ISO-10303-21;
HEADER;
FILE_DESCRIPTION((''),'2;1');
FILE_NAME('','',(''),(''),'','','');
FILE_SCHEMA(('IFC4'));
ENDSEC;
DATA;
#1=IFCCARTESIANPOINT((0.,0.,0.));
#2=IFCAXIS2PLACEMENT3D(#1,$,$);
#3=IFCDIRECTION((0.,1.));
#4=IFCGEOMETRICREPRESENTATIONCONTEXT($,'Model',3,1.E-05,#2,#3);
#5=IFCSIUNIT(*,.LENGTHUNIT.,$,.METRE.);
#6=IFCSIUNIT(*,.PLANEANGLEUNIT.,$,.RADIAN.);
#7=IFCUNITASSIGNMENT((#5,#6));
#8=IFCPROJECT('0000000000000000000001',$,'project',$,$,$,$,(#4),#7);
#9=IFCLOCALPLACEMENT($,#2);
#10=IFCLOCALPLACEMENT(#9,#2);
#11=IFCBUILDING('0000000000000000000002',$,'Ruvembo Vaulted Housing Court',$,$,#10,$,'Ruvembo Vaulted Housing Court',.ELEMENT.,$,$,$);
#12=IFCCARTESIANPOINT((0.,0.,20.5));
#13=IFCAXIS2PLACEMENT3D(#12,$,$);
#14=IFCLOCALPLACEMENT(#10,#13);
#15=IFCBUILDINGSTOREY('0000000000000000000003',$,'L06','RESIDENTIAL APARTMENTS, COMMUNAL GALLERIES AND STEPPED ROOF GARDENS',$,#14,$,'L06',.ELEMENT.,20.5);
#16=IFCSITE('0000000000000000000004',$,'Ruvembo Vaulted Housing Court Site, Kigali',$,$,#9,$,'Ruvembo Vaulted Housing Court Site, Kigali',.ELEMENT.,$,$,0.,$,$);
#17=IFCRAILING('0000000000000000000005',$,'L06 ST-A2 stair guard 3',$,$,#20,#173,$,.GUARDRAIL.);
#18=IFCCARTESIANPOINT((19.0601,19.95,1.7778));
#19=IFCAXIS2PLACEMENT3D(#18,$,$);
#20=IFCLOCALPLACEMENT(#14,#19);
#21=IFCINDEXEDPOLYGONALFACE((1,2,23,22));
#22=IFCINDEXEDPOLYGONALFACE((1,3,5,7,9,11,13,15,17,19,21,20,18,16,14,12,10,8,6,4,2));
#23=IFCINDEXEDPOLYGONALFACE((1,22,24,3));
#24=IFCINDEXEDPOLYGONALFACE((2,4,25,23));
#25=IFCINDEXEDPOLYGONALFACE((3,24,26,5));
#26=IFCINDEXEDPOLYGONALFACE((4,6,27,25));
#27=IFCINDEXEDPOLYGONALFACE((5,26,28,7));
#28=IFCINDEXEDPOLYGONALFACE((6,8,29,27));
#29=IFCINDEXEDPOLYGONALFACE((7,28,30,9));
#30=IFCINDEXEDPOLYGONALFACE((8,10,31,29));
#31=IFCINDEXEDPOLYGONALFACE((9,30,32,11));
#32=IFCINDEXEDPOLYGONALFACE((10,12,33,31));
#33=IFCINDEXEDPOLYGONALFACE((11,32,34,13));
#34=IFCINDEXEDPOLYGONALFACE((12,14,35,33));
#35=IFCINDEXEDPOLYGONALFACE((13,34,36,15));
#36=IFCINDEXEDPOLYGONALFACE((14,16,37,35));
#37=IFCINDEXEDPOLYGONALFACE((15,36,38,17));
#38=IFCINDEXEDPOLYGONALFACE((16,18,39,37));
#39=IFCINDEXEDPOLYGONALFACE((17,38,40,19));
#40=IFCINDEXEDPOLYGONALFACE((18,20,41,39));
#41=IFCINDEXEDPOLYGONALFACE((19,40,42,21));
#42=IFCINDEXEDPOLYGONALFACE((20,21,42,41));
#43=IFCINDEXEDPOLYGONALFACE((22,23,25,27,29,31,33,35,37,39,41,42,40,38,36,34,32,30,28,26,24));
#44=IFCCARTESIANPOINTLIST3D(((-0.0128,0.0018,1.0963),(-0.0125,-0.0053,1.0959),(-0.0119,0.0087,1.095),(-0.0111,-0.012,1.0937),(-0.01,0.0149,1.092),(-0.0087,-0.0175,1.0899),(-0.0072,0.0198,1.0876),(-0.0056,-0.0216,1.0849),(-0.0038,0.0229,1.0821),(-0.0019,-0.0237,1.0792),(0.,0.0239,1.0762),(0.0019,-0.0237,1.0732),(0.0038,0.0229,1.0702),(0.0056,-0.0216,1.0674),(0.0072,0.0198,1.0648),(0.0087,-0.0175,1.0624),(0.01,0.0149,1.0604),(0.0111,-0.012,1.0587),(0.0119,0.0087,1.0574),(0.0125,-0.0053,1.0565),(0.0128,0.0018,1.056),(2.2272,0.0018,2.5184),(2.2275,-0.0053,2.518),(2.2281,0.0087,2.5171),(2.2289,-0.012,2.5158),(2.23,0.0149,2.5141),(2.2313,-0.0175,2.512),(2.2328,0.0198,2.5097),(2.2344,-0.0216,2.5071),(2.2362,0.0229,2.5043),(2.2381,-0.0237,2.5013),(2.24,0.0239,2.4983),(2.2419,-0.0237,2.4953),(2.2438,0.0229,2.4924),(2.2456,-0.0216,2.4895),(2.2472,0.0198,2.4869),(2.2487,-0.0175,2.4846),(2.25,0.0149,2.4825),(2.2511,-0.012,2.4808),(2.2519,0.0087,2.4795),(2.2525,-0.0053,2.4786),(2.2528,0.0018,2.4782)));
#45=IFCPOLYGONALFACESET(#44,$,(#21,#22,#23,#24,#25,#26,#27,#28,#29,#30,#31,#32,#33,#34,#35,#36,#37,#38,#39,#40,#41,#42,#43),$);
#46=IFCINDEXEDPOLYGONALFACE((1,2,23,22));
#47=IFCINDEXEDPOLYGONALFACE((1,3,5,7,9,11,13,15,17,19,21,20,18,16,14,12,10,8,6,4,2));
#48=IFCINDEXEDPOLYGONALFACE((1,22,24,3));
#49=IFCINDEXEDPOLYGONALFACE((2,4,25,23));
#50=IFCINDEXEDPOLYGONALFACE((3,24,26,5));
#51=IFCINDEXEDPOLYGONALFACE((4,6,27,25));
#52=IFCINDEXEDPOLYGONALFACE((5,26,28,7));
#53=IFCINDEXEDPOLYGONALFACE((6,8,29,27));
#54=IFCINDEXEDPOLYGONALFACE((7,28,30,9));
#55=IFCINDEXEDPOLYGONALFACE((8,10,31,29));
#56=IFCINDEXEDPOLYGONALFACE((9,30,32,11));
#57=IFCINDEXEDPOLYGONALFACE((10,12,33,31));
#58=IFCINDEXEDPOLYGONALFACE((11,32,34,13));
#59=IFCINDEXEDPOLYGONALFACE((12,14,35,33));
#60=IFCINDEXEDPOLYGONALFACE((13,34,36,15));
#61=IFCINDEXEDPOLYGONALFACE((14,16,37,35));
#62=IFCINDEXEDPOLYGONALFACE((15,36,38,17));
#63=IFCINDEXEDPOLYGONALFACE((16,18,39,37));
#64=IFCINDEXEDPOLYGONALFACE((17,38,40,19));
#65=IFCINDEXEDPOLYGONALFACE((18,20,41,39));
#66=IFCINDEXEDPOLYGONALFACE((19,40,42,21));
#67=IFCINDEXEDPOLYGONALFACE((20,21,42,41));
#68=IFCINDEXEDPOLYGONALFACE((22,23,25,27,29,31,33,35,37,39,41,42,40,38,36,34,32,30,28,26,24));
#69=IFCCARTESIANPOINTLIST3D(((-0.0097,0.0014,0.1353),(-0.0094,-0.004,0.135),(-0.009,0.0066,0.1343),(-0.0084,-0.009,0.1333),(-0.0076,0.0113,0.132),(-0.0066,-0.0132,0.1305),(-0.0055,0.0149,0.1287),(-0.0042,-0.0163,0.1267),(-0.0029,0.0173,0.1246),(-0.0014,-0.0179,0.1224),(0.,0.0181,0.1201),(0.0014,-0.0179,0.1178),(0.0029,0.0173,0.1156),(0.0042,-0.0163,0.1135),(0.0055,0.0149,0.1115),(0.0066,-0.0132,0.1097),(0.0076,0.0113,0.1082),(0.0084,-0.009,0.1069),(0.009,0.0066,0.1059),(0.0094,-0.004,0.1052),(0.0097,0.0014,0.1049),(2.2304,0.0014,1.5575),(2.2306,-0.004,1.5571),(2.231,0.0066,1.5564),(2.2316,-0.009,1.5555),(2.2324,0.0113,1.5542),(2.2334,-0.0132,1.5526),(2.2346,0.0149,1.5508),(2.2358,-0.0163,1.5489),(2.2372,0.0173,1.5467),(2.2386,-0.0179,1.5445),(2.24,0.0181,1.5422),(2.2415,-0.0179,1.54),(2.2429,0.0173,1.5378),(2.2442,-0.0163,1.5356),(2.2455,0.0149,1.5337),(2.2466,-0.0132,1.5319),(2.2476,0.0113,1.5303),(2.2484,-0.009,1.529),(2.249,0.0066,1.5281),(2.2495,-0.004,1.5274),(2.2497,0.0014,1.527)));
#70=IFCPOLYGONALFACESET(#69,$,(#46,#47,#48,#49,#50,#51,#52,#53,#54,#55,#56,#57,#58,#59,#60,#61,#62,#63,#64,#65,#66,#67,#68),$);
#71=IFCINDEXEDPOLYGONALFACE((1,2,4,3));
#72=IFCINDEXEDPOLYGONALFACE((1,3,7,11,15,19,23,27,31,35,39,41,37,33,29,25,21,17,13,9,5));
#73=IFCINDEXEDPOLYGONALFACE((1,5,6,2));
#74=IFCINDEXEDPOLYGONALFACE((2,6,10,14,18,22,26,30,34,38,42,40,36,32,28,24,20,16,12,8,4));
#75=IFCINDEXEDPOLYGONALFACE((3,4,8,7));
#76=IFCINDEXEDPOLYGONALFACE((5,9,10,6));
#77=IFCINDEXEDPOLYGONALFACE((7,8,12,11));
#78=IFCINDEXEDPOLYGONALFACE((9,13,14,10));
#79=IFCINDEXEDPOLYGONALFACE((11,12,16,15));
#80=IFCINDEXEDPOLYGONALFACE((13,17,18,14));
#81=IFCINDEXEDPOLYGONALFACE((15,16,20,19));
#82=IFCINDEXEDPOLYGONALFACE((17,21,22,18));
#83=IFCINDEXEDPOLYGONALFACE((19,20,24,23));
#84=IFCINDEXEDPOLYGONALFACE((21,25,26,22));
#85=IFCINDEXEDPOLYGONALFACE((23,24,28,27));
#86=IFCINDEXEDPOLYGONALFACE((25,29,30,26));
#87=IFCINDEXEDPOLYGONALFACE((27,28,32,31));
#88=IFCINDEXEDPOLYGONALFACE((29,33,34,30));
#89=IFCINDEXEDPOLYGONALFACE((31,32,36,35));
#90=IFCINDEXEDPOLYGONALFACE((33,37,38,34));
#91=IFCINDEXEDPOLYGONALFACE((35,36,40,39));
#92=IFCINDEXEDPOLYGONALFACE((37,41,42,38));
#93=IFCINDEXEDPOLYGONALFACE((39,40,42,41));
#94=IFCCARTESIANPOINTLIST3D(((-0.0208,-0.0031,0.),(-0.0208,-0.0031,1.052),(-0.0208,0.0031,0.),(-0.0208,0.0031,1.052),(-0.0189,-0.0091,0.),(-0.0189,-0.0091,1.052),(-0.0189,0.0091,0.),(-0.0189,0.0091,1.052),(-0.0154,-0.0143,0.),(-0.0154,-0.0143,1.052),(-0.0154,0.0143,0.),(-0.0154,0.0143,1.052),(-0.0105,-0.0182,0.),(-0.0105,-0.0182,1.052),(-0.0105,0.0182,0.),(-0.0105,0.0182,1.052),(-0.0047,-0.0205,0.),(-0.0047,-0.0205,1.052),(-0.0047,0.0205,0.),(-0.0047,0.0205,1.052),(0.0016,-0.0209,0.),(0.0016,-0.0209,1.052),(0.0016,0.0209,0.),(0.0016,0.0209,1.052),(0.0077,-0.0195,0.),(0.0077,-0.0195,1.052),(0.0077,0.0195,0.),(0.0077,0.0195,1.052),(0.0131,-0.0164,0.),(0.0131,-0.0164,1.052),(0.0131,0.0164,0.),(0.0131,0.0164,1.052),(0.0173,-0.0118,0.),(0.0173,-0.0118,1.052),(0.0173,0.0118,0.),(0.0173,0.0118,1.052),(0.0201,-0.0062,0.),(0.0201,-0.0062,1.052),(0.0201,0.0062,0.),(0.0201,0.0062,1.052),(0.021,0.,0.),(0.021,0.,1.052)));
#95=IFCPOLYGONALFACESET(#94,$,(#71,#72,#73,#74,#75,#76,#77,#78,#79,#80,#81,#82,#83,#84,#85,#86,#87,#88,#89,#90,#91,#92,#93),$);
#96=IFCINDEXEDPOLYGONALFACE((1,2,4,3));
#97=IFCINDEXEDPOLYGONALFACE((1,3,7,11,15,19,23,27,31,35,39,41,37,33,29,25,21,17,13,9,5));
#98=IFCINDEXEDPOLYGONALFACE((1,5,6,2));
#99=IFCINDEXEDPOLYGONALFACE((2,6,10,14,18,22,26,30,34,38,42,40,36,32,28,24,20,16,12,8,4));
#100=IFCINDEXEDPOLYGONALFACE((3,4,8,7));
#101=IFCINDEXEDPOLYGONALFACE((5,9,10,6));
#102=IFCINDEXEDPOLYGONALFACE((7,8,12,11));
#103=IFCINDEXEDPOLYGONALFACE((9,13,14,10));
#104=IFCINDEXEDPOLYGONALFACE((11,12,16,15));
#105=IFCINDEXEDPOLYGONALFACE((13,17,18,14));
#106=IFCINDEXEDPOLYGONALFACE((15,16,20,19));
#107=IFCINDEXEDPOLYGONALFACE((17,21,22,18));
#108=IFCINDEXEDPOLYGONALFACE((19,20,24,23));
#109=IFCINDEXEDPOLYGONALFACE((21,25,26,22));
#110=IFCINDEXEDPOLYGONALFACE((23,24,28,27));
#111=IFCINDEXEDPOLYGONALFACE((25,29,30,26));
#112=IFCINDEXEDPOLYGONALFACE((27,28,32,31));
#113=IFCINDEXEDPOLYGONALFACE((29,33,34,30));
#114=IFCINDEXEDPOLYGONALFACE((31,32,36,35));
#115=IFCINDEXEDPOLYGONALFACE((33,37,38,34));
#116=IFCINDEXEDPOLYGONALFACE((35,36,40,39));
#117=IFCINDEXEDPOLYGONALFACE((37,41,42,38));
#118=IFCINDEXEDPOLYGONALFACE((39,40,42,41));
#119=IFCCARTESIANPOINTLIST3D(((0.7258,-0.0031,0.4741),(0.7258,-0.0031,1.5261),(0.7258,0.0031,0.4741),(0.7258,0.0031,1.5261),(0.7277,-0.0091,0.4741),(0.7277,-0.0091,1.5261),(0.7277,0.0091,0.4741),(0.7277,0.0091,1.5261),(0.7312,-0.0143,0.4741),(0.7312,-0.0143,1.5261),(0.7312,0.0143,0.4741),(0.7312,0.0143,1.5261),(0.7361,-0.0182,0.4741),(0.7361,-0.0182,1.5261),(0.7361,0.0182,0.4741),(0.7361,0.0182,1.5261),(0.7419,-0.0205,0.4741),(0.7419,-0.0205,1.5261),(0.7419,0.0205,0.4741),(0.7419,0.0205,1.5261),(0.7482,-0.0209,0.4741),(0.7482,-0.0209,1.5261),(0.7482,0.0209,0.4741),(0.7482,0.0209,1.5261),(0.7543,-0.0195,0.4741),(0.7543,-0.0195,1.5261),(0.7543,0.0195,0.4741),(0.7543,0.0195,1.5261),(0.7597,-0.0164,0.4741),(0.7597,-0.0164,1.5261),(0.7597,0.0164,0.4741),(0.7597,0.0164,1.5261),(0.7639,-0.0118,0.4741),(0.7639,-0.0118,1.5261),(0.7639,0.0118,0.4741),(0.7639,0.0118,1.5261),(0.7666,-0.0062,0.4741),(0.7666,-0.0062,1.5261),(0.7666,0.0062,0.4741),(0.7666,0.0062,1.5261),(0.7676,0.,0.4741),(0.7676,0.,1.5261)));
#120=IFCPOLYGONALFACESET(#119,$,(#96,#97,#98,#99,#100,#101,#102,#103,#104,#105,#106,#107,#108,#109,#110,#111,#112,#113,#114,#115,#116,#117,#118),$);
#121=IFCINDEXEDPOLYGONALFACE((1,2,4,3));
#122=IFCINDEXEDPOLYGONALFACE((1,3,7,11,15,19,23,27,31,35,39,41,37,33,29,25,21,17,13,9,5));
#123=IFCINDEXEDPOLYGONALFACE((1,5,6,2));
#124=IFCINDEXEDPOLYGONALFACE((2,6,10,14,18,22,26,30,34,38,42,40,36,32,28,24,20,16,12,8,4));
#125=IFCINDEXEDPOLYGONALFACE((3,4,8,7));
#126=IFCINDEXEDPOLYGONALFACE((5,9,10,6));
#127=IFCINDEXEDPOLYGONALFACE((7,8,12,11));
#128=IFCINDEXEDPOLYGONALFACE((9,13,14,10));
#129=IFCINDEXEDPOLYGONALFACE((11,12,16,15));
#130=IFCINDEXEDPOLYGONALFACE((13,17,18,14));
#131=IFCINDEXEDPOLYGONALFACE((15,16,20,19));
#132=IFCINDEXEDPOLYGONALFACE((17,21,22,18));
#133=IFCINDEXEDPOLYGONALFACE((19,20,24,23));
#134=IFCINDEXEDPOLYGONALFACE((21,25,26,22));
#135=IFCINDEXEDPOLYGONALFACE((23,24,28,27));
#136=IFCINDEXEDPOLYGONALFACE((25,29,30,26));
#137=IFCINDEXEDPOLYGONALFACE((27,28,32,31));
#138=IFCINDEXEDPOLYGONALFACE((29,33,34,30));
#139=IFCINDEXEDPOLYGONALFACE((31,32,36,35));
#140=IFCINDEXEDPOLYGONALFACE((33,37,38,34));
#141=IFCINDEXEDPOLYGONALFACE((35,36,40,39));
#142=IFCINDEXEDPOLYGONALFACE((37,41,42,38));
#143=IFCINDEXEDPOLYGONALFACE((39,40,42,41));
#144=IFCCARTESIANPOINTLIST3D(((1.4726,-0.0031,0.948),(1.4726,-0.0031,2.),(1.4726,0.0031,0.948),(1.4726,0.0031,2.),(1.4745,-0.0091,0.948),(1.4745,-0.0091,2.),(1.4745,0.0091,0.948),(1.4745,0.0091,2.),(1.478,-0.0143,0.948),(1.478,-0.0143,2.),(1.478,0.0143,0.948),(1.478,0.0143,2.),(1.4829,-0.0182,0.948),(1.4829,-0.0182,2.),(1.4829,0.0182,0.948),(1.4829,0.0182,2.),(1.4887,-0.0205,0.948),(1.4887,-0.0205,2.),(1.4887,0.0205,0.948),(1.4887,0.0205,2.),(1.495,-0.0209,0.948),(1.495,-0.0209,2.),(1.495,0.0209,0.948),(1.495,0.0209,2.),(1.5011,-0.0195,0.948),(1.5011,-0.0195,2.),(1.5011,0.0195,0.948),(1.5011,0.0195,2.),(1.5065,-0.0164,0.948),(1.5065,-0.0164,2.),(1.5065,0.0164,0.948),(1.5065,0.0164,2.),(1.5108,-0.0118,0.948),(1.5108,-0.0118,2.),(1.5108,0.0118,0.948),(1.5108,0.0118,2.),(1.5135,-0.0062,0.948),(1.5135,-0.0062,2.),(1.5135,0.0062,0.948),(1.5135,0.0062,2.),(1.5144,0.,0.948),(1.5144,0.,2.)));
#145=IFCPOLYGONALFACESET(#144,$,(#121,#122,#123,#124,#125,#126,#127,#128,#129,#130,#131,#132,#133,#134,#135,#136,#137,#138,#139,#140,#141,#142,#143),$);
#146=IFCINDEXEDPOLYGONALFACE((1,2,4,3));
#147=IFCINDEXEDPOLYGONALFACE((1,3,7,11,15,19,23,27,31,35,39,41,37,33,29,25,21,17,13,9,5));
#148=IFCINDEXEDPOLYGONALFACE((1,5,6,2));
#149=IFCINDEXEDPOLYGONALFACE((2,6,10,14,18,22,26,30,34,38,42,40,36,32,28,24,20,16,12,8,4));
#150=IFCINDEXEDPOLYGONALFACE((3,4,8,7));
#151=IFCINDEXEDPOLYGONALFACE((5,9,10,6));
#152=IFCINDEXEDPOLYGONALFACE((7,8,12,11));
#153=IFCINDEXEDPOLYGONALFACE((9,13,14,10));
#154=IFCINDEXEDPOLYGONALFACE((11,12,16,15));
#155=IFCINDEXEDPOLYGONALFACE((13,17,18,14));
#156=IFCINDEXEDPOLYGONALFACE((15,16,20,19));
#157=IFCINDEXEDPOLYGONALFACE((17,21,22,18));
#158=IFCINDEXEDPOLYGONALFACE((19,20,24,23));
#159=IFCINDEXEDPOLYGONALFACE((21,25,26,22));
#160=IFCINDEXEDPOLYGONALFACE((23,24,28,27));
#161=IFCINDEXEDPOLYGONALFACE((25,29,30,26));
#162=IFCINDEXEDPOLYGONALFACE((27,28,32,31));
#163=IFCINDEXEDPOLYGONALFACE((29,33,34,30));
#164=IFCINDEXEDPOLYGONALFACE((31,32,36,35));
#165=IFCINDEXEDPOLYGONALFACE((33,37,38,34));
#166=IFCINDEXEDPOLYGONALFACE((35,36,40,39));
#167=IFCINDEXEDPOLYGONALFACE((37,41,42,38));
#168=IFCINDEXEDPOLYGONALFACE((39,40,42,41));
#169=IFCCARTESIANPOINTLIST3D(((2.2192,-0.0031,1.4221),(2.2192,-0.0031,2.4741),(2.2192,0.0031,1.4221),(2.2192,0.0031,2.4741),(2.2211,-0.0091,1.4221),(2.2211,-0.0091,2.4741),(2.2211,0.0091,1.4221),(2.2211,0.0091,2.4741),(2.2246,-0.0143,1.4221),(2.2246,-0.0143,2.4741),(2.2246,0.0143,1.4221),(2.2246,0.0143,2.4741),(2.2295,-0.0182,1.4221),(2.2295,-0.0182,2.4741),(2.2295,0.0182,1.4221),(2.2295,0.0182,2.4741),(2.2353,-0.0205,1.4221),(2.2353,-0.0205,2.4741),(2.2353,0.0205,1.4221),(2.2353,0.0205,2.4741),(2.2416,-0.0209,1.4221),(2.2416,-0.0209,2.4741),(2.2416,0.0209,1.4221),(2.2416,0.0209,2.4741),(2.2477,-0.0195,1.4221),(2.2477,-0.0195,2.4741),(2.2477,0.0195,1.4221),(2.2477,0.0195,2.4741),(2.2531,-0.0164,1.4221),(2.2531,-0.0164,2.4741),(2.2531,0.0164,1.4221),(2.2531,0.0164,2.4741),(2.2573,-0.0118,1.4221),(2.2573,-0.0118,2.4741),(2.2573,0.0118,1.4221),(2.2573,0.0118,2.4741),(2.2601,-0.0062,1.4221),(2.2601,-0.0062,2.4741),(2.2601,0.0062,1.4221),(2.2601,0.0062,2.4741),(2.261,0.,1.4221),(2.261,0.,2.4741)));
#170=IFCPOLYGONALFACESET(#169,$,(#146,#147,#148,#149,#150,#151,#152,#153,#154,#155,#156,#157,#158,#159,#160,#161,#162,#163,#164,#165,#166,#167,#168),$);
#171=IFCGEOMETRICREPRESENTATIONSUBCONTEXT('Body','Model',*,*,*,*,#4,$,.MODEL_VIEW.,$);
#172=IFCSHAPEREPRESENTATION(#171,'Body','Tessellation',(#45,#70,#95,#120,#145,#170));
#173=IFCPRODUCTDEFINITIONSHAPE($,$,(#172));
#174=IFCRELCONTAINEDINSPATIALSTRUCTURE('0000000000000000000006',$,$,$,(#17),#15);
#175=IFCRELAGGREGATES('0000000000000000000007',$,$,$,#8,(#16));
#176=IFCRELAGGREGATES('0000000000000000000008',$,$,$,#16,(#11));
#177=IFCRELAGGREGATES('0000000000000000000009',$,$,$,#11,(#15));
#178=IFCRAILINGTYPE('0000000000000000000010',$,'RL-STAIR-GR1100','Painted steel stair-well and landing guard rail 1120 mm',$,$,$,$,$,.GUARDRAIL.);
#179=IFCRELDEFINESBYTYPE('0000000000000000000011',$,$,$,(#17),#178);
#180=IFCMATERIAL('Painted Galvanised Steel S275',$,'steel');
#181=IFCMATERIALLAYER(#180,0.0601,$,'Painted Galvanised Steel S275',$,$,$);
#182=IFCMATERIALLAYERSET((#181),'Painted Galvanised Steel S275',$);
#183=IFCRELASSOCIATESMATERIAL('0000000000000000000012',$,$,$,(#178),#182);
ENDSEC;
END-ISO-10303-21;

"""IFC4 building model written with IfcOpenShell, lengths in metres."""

from ifc_helpers import new_model, si_unit, direction, frame, origin, origin_2d, place, context, subcontext, project, spatial, circle, extrude, material, layer, layer_set, type_object, element, save


model = new_model("IFC4")

# Units and contexts
model_context = context("Model", 3, precision=1e-05, world=origin(), true_north=direction((0.0, 1.0)))
body_context = subcontext(model_context, "Body", "Model", "MODEL_VIEW")
ifc_project = project(units=[si_unit("LENGTHUNIT", "METRE"), si_unit("PLANEANGLEUNIT", "RADIAN")], contexts=[model_context])

# Site, building, storey
site_placement = place(None, origin())
site = spatial("IfcSite", under=ifc_project, at=site_placement, Name="Ruvembo Vaulted Housing Court Site, Kigali", LongName="Ruvembo Vaulted Housing Court Site, Kigali", CompositionType="ELEMENT", RefElevation=0.0)
building_placement = place(site_placement, origin())
building = spatial("IfcBuilding", under=site, at=building_placement, Name="Ruvembo Vaulted Housing Court", LongName="Ruvembo Vaulted Housing Court", CompositionType="ELEMENT")
storey_placement = place(building_placement, frame((0.0, 0.0, 20.5)))
storey = spatial("IfcBuildingStorey", under=building, at=storey_placement, Name="L06", Description="RESIDENTIAL APARTMENTS, COMMUNAL GALLERIES AND STEPPED ROOF GARDENS", LongName="L06", CompositionType="ELEMENT", Elevation=20.5)

# Railing
ifc_material_1 = material(Name="Painted Galvanised Steel S275", Category="steel")
ifc_layer_1 = layer(ifc_material_1, 0.0601, Name="Painted Galvanised Steel S275")
ifc_layer_set_1 = layer_set([ifc_layer_1], Name="Painted Galvanised Steel S275")
railing_type_1 = type_object("IfcRailingType", Name="RL-STAIR-GR1100", Description="Painted steel stair-well and landing guard rail 1120 mm", PredefinedType="GUARDRAIL", material=ifc_layer_set_1)
railing_1_placement = place(storey_placement, frame((19.0601, 19.95, 1.7778)))
element("IfcRailing", 1, at=railing_1_placement, inside=storey, type_object=railing_type_1, Name="L06 ST-A2 stair guard 3", PredefinedType="GUARDRAIL", context=body_context, shape_type="SweptSolid", body=[
    extrude(circle(Radius=0.0239, at=origin_2d()), frame((0.0, 0.0, 1.0762), z_axis=(0.844229, 0.0, 0.535982), x_axis=(0.0, 1.0, 0.0)), (0.0, 0.0, 1.0), 2.6533),
    extrude(circle(Radius=0.0181, at=origin_2d()), frame((0.0, 0.0, 0.1201), z_axis=(0.844229, 0.0, 0.535982), x_axis=(0.0, 1.0, 0.0)), (0.0, 0.0, 1.0), 2.6533),
    extrude(circle(Radius=0.021, at=origin_2d()), origin(), (0.0, 0.0, 1.0), 1.052),
    extrude(circle(Radius=0.021, at=origin_2d()), frame((0.7466, 0.0, 0.4741)), (0.0, 0.0, 1.0), 1.052),
    extrude(circle(Radius=0.021, at=origin_2d()), frame((1.4934, 0.0, 0.948)), (0.0, 0.0, 1.0), 1.052),
    extrude(circle(Radius=0.021, at=origin_2d()), frame((2.24, 0.0, 1.4221)), (0.0, 0.0, 1.0), 1.052),
])

save(model, "model.ifc")
